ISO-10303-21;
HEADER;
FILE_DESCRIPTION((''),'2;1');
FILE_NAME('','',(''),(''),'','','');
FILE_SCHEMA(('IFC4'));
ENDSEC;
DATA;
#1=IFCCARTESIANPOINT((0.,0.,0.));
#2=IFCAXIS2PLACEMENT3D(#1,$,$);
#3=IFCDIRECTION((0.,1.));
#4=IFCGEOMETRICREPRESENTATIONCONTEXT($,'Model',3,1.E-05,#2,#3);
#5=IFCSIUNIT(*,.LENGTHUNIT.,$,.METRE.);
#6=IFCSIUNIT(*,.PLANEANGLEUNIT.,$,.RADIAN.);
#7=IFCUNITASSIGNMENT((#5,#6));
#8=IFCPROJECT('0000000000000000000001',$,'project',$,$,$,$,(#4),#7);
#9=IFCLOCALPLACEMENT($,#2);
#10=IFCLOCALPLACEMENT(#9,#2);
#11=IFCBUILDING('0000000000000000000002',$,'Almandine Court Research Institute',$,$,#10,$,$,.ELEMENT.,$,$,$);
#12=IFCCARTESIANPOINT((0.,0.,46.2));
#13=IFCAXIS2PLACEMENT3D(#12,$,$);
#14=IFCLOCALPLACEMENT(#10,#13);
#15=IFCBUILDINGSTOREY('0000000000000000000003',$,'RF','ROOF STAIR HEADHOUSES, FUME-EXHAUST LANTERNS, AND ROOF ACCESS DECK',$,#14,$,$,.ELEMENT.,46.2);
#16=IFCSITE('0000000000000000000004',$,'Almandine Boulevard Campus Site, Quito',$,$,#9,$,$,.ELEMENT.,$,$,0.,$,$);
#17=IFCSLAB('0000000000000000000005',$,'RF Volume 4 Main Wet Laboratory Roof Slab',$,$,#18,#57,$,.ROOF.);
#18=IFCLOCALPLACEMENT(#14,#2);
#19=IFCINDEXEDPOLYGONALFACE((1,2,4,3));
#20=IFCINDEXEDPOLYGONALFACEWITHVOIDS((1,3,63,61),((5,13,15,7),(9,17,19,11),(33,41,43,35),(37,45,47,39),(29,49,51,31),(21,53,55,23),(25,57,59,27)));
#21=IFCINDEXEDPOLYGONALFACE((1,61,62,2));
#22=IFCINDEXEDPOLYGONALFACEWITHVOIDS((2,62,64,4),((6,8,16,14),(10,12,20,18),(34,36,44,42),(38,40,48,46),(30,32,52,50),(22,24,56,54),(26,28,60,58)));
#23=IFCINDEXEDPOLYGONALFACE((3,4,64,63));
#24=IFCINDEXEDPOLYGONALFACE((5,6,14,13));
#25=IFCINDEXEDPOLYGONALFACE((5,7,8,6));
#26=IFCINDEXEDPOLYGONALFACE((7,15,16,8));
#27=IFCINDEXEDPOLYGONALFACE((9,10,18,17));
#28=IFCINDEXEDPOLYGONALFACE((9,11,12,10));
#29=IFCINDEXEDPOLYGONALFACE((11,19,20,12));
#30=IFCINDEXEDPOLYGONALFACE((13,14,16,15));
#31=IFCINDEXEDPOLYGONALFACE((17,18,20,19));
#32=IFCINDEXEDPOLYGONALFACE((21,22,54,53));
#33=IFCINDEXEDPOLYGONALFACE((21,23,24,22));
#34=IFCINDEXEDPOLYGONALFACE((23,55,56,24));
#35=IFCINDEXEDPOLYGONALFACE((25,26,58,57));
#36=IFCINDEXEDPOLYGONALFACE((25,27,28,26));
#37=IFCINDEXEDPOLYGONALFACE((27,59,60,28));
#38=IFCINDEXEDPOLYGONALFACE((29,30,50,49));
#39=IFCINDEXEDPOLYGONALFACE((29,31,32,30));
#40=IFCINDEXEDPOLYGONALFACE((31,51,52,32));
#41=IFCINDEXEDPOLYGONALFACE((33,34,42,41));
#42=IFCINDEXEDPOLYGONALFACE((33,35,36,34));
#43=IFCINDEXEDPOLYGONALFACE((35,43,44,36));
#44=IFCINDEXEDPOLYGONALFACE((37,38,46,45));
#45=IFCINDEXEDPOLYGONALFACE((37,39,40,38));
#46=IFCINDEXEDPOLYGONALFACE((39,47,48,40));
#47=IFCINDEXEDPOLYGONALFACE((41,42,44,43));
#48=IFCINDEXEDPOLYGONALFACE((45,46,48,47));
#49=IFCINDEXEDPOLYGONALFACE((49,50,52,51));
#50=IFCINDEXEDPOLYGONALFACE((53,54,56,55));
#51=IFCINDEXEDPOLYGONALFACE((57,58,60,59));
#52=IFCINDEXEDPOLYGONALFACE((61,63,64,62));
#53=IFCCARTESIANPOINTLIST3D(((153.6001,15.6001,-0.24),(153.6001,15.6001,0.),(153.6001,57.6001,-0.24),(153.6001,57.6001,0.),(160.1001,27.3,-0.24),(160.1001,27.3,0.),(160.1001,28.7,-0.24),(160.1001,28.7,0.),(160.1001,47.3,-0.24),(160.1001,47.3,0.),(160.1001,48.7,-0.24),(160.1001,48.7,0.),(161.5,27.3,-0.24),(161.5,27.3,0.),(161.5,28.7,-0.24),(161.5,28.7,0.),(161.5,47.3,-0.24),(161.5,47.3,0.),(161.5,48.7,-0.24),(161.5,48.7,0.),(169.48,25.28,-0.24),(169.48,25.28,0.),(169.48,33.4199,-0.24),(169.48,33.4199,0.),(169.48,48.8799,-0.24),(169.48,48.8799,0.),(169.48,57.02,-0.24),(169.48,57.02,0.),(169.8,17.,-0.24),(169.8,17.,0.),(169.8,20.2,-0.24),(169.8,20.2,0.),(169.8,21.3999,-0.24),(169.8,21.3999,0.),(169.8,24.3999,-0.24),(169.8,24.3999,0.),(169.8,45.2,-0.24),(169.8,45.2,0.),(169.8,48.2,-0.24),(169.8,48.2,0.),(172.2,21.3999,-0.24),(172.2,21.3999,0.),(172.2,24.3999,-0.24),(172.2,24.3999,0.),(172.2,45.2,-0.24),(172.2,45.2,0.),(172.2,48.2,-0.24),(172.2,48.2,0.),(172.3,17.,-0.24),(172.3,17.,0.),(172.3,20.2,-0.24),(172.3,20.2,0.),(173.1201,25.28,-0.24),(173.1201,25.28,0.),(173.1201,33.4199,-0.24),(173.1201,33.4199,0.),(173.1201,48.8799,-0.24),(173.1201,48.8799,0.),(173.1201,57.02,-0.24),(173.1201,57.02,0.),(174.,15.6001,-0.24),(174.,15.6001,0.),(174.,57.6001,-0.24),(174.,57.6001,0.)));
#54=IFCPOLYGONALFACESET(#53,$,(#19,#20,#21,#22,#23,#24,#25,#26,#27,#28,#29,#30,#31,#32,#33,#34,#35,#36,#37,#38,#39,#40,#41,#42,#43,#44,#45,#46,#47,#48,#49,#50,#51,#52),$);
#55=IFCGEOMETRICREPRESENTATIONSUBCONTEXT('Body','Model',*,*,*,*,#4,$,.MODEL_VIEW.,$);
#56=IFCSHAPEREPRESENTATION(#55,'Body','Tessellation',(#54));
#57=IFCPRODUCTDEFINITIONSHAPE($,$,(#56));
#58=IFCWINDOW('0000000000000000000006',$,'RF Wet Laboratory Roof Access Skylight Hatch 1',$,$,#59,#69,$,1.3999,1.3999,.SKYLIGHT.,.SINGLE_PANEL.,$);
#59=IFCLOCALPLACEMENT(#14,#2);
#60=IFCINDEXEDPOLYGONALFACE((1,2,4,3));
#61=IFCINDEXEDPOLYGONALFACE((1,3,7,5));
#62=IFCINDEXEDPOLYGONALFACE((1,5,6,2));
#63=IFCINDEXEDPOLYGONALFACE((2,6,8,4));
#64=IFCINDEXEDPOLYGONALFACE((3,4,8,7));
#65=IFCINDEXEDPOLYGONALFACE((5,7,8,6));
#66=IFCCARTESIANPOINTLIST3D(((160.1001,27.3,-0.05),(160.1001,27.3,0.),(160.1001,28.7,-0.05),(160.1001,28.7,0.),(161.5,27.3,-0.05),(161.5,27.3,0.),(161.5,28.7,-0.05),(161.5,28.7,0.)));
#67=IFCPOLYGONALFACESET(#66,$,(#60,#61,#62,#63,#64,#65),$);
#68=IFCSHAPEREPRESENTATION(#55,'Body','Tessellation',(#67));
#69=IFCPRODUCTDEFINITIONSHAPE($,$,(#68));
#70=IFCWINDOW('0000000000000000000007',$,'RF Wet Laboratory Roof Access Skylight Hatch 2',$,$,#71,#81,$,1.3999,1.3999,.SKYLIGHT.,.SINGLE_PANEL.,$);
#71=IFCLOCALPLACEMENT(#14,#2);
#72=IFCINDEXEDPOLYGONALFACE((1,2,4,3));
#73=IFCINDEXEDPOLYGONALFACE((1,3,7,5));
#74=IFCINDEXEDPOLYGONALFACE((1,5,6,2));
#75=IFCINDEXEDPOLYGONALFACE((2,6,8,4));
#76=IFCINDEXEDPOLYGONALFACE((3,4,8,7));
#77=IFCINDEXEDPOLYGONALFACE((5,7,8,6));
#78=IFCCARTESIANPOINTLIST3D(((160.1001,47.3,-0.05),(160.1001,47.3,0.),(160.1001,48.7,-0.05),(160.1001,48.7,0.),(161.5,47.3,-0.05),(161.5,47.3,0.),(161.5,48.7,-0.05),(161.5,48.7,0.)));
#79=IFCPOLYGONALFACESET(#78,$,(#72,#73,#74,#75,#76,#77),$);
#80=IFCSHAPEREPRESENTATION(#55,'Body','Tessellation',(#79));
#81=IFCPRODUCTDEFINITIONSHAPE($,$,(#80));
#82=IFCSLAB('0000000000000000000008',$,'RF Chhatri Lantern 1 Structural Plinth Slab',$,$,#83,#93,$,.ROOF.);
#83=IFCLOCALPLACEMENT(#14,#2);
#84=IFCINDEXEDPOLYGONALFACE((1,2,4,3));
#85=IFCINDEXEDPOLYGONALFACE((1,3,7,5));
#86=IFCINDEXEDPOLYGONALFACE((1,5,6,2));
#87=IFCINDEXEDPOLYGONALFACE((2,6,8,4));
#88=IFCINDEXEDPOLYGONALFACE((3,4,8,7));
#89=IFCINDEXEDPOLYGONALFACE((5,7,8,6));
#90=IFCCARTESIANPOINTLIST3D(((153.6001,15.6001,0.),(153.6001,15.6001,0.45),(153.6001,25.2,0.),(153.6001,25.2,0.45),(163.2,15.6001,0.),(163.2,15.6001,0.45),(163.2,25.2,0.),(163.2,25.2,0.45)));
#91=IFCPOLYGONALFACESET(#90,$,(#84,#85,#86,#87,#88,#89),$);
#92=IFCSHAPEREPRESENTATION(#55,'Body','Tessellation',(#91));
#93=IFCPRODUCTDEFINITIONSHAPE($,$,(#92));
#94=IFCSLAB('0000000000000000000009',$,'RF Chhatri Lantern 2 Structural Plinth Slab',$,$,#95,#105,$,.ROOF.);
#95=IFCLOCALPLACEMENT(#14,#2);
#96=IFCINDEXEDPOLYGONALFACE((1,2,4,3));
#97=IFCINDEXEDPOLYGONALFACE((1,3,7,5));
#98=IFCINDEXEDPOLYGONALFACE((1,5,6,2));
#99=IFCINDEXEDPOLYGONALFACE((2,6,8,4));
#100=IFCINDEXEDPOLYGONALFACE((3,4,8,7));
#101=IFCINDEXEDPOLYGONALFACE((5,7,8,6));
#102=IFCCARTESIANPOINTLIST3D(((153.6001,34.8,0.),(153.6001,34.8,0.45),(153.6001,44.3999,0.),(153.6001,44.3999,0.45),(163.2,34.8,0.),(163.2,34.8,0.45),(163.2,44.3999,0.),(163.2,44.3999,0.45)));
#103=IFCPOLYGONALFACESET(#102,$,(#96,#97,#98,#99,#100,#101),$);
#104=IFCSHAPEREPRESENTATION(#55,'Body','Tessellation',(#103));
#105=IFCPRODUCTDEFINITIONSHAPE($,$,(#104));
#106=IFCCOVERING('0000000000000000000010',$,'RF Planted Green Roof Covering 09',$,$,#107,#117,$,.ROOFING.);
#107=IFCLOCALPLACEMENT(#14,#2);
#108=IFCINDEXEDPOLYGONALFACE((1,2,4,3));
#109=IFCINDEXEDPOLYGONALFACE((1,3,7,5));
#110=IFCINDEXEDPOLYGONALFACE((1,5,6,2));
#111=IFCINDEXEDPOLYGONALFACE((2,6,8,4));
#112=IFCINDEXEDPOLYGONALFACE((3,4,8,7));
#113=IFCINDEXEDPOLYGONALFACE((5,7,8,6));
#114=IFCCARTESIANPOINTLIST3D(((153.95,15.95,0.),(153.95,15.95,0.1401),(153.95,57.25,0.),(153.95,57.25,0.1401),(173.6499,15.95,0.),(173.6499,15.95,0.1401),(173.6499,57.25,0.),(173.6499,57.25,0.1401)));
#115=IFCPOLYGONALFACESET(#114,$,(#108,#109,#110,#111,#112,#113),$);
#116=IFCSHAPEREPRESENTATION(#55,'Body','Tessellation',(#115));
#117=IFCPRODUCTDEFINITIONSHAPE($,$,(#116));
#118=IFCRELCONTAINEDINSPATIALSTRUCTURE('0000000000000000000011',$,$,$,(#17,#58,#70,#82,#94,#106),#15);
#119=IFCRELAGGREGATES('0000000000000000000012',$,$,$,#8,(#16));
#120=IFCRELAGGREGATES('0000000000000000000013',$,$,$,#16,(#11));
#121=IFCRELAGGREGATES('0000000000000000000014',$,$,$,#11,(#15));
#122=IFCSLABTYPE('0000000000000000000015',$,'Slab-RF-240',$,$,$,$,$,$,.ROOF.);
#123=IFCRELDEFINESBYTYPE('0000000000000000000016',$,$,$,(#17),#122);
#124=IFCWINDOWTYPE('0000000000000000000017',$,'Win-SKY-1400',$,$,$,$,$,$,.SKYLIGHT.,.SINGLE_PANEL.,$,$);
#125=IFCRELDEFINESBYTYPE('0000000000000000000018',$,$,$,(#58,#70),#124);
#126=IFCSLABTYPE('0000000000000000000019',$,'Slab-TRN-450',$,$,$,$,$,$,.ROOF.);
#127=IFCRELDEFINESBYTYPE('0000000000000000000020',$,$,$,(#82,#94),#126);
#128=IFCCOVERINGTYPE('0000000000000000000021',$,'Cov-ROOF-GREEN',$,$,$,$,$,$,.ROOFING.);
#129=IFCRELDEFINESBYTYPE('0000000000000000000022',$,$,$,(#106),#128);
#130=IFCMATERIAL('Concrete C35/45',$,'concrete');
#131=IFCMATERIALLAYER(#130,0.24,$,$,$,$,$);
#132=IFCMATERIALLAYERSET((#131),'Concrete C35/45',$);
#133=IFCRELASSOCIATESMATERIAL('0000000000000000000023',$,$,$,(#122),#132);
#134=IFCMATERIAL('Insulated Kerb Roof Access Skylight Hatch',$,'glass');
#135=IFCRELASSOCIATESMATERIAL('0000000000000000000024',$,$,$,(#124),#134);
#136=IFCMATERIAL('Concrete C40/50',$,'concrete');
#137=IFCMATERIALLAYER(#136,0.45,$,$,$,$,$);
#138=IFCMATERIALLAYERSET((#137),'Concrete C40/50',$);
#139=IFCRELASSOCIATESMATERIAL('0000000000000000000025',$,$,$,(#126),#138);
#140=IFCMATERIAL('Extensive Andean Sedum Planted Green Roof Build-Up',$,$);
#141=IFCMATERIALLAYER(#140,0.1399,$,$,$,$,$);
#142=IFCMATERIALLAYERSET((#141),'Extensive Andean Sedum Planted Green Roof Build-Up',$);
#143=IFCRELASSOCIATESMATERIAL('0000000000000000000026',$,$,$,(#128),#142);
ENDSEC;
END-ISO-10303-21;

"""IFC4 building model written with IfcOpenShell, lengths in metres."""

from ifc_helpers import new_model, si_unit, direction, frame, origin, origin_2d, place, context, subcontext, project, spatial, polyline, rectangle, outline, extrude, material, layer, layer_set, type_object, element, fill, save


model = new_model("IFC4")

# Units and contexts
model_context = context("Model", 3, precision=1e-05, world=origin(), true_north=direction((0.0, 1.0)))
body_context = subcontext(model_context, "Body", "Model", "MODEL_VIEW")
ifc_project = project(units=[si_unit("LENGTHUNIT", "METRE"), si_unit("PLANEANGLEUNIT", "RADIAN")], contexts=[model_context])

# Site, building, storey
site_placement = place(None, origin())
site = spatial("IfcSite", under=ifc_project, at=site_placement, Name="Almandine Boulevard Campus Site, Quito", CompositionType="ELEMENT", RefElevation=0.0)
building_placement = place(site_placement, origin())
building = spatial("IfcBuilding", under=site, at=building_placement, Name="Almandine Court Research Institute", CompositionType="ELEMENT")
storey_placement = place(building_placement, frame((0.0, 0.0, 46.2)))
storey = spatial("IfcBuildingStorey", under=building, at=storey_placement, Name="RF", Description="ROOF STAIR HEADHOUSES, FUME-EXHAUST LANTERNS, AND ROOF ACCESS DECK", CompositionType="ELEMENT", Elevation=46.2)

# Shared definitions
ifc_material_1 = material(Name="Concrete C35/45", Category="concrete")

# Slab, openings, windows
ifc_layer_1 = layer(ifc_material_1, 0.24)
ifc_layer_set_1 = layer_set([ifc_layer_1], Name="Concrete C35/45")
slab_type_1 = type_object("IfcSlabType", Name="Slab-RF-240", PredefinedType="ROOF", material=ifc_layer_set_1)
slab_1_placement = place(storey_placement, frame((0.0, 0.0, -0.24)))
slab_1 = element("IfcSlab", 1, at=slab_1_placement, inside=storey, type_object=slab_type_1, Name="RF Volume 4 Main Wet Laboratory Roof Slab", PredefinedType="ROOF", context=body_context, shape_type="SweptSolid", body=[
    extrude(outline(polyline([(153.6001, 15.6001), (174.0, 15.6001), (174.0, 57.6001), (153.6001, 57.6001), (153.6001, 15.6001)]), holes=[polyline([(169.48, 25.28), (173.1201, 25.28), (173.1201, 33.4199), (169.48, 33.4199), (169.48, 25.28)]), polyline([(169.48, 48.8799), (173.1201, 48.8799), (173.1201, 57.02), (169.48, 57.02), (169.48, 48.8799)]), polyline([(169.8, 21.3999), (172.2, 21.3999), (172.2, 24.3999), (169.8, 24.3999), (169.8, 21.3999)]), polyline([(169.8, 45.2), (172.2, 45.2), (172.2, 48.2), (169.8, 48.2), (169.8, 45.2)]), polyline([(169.8, 17.0), (172.3, 17.0), (172.3, 20.2), (169.8, 20.2), (169.8, 17.0)]), polyline([(160.1001, 27.3), (161.5, 27.3), (161.5, 28.7), (160.1001, 28.7), (160.1001, 27.3)]), polyline([(160.1001, 47.3), (161.5, 47.3), (161.5, 48.7), (160.1001, 48.7), (160.1001, 47.3)])]), origin(), (0.0, 0.0, 1.0), 0.24),
])
opening_1_placement = place(slab_1_placement, frame((160.8, 28.0, 0.0)))
opening_1 = element("IfcOpeningElement", 2, at=opening_1_placement, cuts=slab_1, PredefinedType="OPENING", context=body_context, shape_type="SweptSolid", body=[
    extrude(rectangle(XDim=1.3999, YDim=1.3999, at=origin_2d()), origin(), (0.0, 0.0, 1.0), 0.24),
])
opening_2_placement = place(slab_1_placement, frame((160.8, 48.0, 0.0)))
opening_2 = element("IfcOpeningElement", 3, at=opening_2_placement, cuts=slab_1, PredefinedType="OPENING", context=body_context, shape_type="SweptSolid", body=[
    extrude(rectangle(XDim=1.3999, YDim=1.3999, at=origin_2d()), origin(), (0.0, 0.0, 1.0), 0.24),
])
ifc_material_2 = material(Name="Insulated Kerb Roof Access Skylight Hatch", Category="glass")
window_type = type_object("IfcWindowType", Name="Win-SKY-1400", PartitioningType="SINGLE_PANEL", PredefinedType="SKYLIGHT", material=ifc_material_2)
window_1_placement = place(opening_1_placement, frame((0.0, 0.0, 0.1899)))
window_1 = element("IfcWindow", 4, at=window_1_placement, inside=storey, type_object=window_type, Name="RF Wet Laboratory Roof Access Skylight Hatch 1", OverallHeight=1.3999, OverallWidth=1.3999, PartitioningType="SINGLE_PANEL", PredefinedType="SKYLIGHT", context=body_context, shape_type="SweptSolid", body=[
    extrude(rectangle(XDim=1.3999, YDim=1.3999, at=origin_2d()), origin(), (0.0, 0.0, 1.0), 0.05),
])
fill(opening_1, window_1)
window_2_placement = place(opening_2_placement, frame((0.0, 0.0, 0.1899)))
window_2 = element("IfcWindow", 5, at=window_2_placement, inside=storey, type_object=window_type, Name="RF Wet Laboratory Roof Access Skylight Hatch 2", OverallHeight=1.3999, OverallWidth=1.3999, PartitioningType="SINGLE_PANEL", PredefinedType="SKYLIGHT", context=body_context, shape_type="SweptSolid", body=[
    extrude(rectangle(XDim=1.3999, YDim=1.3999, at=origin_2d()), origin(), (0.0, 0.0, 1.0), 0.05),
])
fill(opening_2, window_2)

# Slabs
ifc_material_3 = material(Name="Concrete C40/50", Category="concrete")
ifc_layer_2 = layer(ifc_material_3, 0.45)
ifc_layer_set_2 = layer_set([ifc_layer_2], Name="Concrete C40/50")
slab_type_2 = type_object("IfcSlabType", Name="Slab-TRN-450", PredefinedType="ROOF", material=ifc_layer_set_2)
slab_2_placement = place(storey_placement, origin())
element("IfcSlab", 6, at=slab_2_placement, inside=storey, type_object=slab_type_2, Name="RF Chhatri Lantern 1 Structural Plinth Slab", PredefinedType="ROOF", context=body_context, shape_type="SweptSolid", body=[
    extrude(outline(polyline([(153.6001, 15.6001), (163.2, 15.6001), (163.2, 25.2), (153.6001, 25.2), (153.6001, 15.6001)])), origin(), (0.0, 0.0, 1.0), 0.45),
])
slab_3_placement = place(storey_placement, origin())
element("IfcSlab", 7, at=slab_3_placement, inside=storey, type_object=slab_type_2, Name="RF Chhatri Lantern 2 Structural Plinth Slab", PredefinedType="ROOF", context=body_context, shape_type="SweptSolid", body=[
    extrude(outline(polyline([(153.6001, 34.8), (163.2, 34.8), (163.2, 44.3999), (153.6001, 44.3999), (153.6001, 34.8)])), origin(), (0.0, 0.0, 1.0), 0.45),
])

# Covering
ifc_material_4 = material(Name="Extensive Andean Sedum Planted Green Roof Build-Up")
ifc_layer_3 = layer(ifc_material_4, 0.1399)
ifc_layer_set_3 = layer_set([ifc_layer_3], Name="Extensive Andean Sedum Planted Green Roof Build-Up")
covering_type = type_object("IfcCoveringType", Name="Cov-ROOF-GREEN", PredefinedType="ROOFING", material=ifc_layer_set_3)
covering_placement = place(storey_placement, origin())
element("IfcCovering", 8, at=covering_placement, inside=storey, type_object=covering_type, Name="RF Planted Green Roof Covering 09", PredefinedType="ROOFING", context=body_context, shape_type="SweptSolid", body=[
    extrude(outline(polyline([(153.95, 15.95), (153.95, 57.25), (173.6499, 57.25), (173.6499, 15.95), (153.95, 15.95)])), origin(), (0.0, 0.0, 1.0), 0.1401),
])

save(model, "model.ifc")
